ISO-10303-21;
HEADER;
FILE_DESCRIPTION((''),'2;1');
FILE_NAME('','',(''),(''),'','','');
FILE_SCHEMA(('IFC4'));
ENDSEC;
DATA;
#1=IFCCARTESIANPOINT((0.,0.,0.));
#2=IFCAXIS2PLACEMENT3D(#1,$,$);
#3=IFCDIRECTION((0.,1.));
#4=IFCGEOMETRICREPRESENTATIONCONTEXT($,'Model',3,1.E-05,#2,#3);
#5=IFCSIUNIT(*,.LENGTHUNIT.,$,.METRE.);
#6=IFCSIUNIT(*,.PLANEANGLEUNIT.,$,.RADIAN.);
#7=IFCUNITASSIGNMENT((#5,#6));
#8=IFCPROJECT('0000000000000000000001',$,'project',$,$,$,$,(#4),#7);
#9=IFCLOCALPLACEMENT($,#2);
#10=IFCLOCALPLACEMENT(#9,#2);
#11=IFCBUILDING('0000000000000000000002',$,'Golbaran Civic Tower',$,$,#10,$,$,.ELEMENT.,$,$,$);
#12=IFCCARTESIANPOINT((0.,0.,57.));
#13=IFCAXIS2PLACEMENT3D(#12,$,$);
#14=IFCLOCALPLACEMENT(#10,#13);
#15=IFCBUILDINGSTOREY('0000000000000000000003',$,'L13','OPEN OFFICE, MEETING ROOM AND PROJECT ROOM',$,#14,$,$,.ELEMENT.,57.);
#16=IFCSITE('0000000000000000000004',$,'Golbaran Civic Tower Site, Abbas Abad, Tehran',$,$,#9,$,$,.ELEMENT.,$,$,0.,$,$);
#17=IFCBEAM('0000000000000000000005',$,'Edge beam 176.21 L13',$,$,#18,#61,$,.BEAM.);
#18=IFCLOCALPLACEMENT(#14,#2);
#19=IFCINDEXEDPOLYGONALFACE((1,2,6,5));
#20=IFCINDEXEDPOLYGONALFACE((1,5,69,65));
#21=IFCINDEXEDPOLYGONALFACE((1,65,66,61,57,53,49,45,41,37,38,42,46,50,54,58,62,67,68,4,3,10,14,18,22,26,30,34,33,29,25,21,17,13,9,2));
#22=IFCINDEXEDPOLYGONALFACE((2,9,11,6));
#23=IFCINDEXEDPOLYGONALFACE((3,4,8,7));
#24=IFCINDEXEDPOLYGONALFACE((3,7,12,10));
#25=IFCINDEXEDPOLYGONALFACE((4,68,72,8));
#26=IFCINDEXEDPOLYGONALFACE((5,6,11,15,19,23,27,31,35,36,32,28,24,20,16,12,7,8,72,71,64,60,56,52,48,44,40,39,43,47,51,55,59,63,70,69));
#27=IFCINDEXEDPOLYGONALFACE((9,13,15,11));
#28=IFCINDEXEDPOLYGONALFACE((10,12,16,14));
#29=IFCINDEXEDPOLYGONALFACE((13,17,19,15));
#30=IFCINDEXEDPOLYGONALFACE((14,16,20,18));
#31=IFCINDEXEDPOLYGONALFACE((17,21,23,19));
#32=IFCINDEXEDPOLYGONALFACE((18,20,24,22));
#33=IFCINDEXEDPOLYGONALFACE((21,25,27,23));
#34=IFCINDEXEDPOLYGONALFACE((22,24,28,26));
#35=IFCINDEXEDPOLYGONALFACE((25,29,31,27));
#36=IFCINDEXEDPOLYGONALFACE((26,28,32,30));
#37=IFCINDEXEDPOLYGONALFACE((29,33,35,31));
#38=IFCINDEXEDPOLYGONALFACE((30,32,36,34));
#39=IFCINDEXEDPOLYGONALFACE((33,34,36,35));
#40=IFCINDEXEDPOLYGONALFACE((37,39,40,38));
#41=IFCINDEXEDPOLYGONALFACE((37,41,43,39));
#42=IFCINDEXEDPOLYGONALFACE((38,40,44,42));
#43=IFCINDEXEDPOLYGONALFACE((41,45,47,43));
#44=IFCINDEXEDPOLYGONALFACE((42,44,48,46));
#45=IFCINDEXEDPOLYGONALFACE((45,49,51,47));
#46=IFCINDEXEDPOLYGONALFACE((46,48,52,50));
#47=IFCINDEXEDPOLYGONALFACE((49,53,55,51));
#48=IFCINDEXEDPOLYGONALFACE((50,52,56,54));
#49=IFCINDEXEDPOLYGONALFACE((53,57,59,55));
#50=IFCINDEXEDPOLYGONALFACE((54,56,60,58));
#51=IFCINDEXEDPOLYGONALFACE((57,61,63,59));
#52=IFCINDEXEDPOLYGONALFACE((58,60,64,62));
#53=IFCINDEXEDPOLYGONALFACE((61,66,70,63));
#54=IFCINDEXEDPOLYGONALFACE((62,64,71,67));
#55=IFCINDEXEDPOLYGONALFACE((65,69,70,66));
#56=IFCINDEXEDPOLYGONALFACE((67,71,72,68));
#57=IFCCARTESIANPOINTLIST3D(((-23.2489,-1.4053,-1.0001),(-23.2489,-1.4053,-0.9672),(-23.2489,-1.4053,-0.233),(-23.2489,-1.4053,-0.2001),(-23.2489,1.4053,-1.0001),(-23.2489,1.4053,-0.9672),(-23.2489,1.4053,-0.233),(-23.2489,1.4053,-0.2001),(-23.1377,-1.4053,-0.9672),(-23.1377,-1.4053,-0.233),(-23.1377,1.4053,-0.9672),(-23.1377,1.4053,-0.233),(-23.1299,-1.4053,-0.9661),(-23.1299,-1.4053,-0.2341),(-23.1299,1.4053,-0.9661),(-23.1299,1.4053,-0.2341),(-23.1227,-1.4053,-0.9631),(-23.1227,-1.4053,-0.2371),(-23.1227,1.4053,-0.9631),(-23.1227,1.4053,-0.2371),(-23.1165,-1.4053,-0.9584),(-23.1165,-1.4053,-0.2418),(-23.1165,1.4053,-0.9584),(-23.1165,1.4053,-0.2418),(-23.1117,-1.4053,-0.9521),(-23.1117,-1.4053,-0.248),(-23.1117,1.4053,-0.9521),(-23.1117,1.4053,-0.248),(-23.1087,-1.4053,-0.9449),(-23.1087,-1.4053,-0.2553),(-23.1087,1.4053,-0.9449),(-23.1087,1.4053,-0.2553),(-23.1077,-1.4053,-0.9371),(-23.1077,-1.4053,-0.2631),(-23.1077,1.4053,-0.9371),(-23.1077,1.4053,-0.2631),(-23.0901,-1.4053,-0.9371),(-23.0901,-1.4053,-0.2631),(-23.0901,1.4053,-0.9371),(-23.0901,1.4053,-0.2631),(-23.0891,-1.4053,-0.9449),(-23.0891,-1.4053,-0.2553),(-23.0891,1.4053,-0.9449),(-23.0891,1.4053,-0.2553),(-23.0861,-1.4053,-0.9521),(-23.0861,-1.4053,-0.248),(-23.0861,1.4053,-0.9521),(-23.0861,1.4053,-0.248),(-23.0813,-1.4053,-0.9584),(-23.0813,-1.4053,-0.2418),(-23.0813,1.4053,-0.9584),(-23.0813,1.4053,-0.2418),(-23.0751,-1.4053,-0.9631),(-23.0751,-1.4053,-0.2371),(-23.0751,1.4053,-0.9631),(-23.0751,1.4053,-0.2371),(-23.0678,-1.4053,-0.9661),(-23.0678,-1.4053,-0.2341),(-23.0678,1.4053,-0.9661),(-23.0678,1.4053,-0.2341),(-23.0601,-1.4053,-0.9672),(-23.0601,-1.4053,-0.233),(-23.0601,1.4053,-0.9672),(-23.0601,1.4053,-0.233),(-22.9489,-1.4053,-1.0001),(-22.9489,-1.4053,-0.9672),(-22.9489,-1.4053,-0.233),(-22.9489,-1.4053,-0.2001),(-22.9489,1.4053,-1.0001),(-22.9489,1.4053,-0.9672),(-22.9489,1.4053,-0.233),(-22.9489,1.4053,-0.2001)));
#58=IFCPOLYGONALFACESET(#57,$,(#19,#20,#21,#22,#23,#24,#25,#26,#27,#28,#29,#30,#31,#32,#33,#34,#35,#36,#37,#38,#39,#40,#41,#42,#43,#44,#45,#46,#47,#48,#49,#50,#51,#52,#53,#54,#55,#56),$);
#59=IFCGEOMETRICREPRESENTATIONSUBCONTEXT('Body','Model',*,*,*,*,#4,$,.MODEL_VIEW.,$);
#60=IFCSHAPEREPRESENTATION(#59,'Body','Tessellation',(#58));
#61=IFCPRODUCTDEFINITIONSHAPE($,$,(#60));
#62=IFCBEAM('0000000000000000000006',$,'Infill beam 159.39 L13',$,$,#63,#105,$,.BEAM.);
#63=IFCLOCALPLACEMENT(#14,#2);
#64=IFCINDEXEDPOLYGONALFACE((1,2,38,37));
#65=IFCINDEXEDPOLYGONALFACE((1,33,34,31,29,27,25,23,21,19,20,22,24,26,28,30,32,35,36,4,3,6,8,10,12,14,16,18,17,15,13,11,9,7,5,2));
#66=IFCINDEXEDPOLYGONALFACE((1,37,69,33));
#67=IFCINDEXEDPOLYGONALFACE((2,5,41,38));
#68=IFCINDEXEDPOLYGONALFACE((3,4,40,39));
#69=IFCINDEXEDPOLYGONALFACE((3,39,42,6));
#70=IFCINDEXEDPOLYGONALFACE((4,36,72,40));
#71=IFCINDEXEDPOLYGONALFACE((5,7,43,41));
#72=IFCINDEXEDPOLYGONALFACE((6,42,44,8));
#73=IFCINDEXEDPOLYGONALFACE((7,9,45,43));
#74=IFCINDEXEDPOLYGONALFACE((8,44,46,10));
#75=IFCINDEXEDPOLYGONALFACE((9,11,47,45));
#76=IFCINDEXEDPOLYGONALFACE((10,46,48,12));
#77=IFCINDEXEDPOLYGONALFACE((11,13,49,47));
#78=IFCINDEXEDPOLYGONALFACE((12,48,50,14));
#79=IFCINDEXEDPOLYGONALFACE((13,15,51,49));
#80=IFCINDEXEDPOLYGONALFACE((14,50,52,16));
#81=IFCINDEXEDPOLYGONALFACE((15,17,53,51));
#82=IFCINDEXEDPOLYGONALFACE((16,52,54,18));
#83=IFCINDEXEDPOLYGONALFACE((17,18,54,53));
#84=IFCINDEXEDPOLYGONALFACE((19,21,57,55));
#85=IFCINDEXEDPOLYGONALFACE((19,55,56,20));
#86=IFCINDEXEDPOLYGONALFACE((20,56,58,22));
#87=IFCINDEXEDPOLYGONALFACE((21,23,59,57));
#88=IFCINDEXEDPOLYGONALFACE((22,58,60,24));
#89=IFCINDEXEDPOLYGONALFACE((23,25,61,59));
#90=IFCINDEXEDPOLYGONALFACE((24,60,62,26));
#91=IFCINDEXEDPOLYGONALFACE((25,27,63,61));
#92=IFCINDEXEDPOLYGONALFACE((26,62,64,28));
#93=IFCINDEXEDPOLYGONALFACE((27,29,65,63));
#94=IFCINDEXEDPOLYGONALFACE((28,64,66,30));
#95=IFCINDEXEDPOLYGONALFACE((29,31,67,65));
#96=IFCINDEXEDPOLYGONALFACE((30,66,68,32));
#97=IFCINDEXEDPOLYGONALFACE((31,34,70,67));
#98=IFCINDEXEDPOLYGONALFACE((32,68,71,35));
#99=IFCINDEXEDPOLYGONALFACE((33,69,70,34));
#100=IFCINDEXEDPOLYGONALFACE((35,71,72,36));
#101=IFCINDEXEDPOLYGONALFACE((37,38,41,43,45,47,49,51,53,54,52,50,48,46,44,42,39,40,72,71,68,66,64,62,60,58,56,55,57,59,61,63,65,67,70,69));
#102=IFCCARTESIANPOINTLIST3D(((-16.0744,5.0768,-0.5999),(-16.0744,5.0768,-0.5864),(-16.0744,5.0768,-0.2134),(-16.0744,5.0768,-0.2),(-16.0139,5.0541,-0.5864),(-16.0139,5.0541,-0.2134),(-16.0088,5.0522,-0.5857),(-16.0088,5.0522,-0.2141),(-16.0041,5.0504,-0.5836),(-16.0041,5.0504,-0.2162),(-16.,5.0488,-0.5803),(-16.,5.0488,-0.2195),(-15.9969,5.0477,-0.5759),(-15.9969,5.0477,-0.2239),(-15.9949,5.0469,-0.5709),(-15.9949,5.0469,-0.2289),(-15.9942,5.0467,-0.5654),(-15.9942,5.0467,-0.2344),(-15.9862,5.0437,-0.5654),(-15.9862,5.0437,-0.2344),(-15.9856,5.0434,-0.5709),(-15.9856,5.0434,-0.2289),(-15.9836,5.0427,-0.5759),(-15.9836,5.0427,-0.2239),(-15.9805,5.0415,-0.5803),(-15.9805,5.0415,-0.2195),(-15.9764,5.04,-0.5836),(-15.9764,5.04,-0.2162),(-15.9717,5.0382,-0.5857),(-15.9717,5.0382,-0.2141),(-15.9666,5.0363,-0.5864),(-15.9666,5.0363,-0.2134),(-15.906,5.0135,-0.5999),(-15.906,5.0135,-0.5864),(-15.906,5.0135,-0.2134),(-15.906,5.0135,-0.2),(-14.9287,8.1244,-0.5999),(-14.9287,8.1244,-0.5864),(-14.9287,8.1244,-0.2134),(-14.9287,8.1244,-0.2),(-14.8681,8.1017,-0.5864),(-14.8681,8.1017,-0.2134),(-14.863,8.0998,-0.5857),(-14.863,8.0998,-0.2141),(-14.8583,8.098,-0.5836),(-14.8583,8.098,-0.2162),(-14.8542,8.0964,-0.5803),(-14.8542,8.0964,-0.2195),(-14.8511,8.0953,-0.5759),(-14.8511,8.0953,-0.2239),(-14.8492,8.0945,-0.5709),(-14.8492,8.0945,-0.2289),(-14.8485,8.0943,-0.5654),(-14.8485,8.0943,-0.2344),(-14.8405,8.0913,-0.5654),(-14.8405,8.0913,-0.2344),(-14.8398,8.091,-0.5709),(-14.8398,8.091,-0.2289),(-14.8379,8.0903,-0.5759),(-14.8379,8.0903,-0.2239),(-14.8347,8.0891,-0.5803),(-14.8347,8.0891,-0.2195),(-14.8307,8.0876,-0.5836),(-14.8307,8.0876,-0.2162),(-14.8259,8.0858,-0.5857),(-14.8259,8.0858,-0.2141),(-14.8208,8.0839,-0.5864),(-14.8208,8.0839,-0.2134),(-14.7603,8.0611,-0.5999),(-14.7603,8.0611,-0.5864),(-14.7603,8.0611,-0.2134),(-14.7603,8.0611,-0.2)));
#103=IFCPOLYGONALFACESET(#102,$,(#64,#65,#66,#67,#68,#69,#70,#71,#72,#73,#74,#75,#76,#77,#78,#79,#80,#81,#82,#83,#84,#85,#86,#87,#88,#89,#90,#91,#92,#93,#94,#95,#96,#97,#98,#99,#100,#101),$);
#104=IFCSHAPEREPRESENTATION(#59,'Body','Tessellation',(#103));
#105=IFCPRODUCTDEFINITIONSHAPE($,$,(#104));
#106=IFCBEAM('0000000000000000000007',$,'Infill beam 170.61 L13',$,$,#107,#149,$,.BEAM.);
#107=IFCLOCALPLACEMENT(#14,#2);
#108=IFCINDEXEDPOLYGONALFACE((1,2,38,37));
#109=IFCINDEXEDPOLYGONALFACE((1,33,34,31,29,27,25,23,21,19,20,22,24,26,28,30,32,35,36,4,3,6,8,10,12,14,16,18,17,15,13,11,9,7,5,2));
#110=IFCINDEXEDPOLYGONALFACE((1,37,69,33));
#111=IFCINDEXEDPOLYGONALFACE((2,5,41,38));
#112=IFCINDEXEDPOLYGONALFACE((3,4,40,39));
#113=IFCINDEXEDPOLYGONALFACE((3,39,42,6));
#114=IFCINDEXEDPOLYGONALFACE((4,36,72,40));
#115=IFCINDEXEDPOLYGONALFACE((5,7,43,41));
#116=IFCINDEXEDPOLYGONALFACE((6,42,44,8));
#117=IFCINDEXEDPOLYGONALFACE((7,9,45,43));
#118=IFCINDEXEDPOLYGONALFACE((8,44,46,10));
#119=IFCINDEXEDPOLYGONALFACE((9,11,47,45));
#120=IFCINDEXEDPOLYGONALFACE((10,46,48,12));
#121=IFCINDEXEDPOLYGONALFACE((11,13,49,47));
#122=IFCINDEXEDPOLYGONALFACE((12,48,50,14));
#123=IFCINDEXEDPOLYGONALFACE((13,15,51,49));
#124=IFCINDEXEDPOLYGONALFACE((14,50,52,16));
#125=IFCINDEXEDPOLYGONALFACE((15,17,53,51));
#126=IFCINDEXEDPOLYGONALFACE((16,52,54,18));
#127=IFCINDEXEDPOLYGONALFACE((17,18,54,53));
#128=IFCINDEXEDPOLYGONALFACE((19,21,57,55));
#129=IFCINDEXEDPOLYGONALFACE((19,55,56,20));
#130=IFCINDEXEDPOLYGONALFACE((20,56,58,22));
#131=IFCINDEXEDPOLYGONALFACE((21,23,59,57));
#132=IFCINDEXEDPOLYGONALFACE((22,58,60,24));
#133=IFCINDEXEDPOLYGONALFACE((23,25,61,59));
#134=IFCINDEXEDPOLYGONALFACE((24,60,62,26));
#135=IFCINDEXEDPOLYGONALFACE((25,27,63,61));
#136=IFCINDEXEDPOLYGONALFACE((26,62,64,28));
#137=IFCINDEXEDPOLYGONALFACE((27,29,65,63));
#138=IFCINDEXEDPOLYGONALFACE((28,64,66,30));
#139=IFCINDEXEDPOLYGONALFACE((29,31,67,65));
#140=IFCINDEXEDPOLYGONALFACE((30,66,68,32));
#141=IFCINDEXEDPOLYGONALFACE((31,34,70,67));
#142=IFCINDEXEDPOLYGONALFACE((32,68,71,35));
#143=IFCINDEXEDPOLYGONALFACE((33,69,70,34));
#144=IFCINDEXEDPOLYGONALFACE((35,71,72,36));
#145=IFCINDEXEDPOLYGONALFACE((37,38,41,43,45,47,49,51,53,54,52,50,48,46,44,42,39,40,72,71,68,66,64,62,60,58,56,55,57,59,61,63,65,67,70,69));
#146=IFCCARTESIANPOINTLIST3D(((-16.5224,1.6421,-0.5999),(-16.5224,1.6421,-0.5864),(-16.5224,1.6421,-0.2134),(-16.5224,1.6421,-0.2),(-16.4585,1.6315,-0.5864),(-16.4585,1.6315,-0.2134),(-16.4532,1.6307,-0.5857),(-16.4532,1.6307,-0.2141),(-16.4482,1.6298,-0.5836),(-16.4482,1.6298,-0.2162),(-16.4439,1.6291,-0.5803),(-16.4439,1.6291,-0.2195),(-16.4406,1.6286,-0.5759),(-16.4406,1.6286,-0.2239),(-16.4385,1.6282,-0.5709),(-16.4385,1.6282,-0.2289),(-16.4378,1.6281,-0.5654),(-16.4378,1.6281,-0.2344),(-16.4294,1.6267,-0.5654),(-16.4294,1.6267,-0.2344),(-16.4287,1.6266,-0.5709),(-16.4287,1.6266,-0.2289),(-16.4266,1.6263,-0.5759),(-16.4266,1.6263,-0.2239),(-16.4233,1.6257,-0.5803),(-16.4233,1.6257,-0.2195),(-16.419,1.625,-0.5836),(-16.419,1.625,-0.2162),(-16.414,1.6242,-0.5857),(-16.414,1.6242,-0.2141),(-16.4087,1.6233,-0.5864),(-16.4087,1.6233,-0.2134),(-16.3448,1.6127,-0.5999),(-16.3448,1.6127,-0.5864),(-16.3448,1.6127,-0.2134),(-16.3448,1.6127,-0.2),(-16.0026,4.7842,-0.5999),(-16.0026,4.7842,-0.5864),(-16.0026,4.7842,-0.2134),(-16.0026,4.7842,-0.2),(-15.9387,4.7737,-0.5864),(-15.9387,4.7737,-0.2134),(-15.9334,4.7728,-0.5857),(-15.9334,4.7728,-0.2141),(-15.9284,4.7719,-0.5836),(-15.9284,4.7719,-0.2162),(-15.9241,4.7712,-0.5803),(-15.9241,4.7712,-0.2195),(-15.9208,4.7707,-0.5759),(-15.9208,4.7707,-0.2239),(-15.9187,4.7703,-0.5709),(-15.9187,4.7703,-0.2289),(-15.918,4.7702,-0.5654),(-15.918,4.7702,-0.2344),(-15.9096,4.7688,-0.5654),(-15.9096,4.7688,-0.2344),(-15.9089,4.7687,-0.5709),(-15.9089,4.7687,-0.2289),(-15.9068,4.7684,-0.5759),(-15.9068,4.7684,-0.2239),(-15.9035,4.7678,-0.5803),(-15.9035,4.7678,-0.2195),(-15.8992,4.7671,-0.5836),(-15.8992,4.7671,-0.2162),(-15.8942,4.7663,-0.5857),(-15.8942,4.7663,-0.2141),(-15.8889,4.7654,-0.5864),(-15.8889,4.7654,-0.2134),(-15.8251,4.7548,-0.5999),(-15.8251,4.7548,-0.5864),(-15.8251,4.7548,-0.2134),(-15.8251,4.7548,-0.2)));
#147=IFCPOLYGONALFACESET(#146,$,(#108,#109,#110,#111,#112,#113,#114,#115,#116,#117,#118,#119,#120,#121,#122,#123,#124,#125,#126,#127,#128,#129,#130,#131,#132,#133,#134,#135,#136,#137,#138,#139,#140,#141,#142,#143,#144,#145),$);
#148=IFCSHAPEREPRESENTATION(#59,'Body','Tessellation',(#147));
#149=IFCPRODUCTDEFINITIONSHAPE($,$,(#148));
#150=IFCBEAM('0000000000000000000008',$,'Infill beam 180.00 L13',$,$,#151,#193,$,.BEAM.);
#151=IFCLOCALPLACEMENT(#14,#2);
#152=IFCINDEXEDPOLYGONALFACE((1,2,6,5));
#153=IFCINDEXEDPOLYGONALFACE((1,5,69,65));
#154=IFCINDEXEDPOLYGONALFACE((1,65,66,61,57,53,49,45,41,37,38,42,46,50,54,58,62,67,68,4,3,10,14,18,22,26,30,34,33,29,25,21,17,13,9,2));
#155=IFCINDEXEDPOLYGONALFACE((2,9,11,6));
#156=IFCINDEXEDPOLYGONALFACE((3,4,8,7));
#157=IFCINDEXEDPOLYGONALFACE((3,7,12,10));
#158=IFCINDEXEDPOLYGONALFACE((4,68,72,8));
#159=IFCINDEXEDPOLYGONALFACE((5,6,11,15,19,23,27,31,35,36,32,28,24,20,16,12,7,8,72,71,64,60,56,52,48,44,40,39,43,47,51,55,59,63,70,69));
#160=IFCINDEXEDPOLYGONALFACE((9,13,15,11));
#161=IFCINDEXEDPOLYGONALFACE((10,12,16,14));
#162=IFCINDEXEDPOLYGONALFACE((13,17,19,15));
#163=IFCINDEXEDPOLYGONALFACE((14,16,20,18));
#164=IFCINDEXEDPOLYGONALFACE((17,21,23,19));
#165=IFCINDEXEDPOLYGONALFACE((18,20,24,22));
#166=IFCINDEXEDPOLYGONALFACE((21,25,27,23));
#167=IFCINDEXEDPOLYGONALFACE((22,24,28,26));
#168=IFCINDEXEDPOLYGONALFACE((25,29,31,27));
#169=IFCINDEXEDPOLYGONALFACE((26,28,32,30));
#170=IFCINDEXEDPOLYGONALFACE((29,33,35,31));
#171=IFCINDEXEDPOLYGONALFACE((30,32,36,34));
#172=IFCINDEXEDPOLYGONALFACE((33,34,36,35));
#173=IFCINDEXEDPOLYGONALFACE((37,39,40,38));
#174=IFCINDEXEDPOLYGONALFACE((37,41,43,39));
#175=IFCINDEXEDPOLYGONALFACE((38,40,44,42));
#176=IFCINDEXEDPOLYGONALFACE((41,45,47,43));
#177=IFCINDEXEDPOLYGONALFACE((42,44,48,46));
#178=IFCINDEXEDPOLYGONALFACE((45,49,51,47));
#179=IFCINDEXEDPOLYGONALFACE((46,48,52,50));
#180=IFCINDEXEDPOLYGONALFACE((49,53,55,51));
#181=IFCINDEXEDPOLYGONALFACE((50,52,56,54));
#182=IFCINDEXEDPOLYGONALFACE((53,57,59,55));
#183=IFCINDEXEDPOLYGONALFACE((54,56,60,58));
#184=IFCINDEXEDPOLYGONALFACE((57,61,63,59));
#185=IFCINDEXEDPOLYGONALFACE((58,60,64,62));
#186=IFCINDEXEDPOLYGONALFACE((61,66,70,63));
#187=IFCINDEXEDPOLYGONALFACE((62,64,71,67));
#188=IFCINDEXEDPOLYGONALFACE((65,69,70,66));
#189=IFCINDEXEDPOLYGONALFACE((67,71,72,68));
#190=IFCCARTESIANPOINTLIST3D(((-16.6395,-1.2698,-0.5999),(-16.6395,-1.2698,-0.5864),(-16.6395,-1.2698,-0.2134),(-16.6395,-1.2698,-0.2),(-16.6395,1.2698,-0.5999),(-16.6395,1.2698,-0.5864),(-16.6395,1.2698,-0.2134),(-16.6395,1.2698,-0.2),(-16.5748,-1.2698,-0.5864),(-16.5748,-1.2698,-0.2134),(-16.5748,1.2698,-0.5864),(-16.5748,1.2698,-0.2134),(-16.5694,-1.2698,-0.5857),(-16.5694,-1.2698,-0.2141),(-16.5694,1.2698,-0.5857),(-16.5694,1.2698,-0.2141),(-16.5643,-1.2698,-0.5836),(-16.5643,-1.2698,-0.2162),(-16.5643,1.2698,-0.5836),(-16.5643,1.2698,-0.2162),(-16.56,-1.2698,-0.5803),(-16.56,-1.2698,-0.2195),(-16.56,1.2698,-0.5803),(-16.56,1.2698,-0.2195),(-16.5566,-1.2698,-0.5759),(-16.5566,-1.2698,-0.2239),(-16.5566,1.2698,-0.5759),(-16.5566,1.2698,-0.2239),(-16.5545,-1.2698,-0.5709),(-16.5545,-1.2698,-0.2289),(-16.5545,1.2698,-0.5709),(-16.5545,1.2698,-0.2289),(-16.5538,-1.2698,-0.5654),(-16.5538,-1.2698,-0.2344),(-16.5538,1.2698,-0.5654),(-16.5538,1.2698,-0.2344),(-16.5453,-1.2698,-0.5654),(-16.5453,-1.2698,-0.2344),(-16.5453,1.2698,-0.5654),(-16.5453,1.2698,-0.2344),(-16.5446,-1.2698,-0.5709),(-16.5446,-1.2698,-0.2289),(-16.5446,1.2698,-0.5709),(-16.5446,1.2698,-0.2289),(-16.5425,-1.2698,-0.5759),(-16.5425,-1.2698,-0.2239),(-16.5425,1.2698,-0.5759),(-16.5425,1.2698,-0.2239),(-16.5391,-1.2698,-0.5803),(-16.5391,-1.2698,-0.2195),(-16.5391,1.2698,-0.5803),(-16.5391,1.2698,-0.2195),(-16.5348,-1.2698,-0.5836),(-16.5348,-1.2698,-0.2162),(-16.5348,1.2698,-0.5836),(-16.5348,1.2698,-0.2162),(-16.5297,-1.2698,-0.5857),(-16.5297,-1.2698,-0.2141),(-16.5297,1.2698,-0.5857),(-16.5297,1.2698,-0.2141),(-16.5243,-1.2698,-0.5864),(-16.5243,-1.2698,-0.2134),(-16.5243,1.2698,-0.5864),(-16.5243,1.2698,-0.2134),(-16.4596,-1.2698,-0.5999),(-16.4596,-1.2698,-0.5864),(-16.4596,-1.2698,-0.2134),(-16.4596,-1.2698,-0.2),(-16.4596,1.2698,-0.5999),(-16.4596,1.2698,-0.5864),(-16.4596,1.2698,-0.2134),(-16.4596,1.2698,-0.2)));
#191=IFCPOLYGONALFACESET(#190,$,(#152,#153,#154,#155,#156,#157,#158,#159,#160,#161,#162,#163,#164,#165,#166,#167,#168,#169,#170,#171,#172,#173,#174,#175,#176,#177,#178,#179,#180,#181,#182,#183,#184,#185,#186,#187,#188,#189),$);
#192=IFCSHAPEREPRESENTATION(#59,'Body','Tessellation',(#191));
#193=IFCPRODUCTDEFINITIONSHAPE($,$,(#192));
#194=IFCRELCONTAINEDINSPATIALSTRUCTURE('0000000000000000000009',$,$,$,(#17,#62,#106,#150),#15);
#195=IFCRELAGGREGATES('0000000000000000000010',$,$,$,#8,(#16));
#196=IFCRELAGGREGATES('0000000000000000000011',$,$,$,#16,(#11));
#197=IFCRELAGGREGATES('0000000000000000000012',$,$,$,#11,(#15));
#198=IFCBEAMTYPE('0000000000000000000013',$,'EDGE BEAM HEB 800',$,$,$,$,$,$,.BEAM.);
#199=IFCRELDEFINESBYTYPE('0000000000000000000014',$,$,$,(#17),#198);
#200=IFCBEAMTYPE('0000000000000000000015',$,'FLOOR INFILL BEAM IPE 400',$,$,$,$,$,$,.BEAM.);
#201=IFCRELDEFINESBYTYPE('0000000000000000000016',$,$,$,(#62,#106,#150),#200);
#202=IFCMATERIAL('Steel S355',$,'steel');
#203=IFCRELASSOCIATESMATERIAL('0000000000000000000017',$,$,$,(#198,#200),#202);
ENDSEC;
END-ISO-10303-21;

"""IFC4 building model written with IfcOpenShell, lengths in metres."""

from ifc_helpers import new_model, si_unit, direction, frame, origin, origin_2d, place, context, subcontext, project, spatial, i_section, extrude, material, material_profile, profile_set, type_object, element, save


model = new_model("IFC4")

# Units and contexts
model_context = context("Model", 3, precision=1e-05, world=origin(), true_north=direction((0.0, 1.0)))
body_context = subcontext(model_context, "Body", "Model", "MODEL_VIEW")
ifc_project = project(units=[si_unit("LENGTHUNIT", "METRE"), si_unit("PLANEANGLEUNIT", "RADIAN")], contexts=[model_context])

# Site, building, storey
site_placement = place(None, origin())
site = spatial("IfcSite", under=ifc_project, at=site_placement, Name="Golbaran Civic Tower Site, Abbas Abad, Tehran", CompositionType="ELEMENT", RefElevation=0.0)
building_placement = place(site_placement, origin())
building = spatial("IfcBuilding", under=site, at=building_placement, Name="Golbaran Civic Tower", CompositionType="ELEMENT")
storey_placement = place(building_placement, frame((0.0, 0.0, 57.0)))
storey = spatial("IfcBuildingStorey", under=building, at=storey_placement, Name="L13", Description="OPEN OFFICE, MEETING ROOM AND PROJECT ROOM", CompositionType="ELEMENT", Elevation=57.0)

# Beams
ifc_material_1 = material(Name="Steel S355", Category="steel")
ifc_material_profile_1 = material_profile(ifc_material_1, i_section(OverallWidth=0.3, OverallDepth=0.8, WebThickness=0.0176, FlangeThickness=0.033, FilletRadius=0.03, at=origin_2d()), Name="HEB 800")
ifc_profile_set_1 = profile_set([ifc_material_profile_1], Name="Steel S355")
beam_type_1 = type_object("IfcBeamType", Name="EDGE BEAM HEB 800", PredefinedType="BEAM", material=ifc_profile_set_1)
beam_1_placement = place(storey_placement, frame((-23.0989, 1.4053, -0.6001), z_axis=(0.0, -1.0, 0.0), x_axis=(1.0, 0.0, 0.0)))
element("IfcBeam", 1, at=beam_1_placement, inside=storey, type_object=beam_type_1, Name="Edge beam 176.21 L13", PredefinedType="BEAM", context=body_context, shape_type="SweptSolid", body=[
    extrude(i_section(OverallWidth=0.3, OverallDepth=0.8, WebThickness=0.0176, FlangeThickness=0.033, FilletRadius=0.03, at=origin_2d()), origin(), (0.0, 0.0, 1.0), 2.8105),
])
ifc_material_profile_2 = material_profile(ifc_material_1, i_section(OverallWidth=0.1799, OverallDepth=0.3999, WebThickness=0.0085, FlangeThickness=0.0134, FilletRadius=0.021, at=origin_2d()), Name="IPE 400")
ifc_profile_set_2 = profile_set([ifc_material_profile_2], Name="Steel S355")
beam_type_2 = type_object("IfcBeamType", Name="FLOOR INFILL BEAM IPE 400", PredefinedType="BEAM", material=ifc_profile_set_2)
beam_2_placement = place(storey_placement, frame((-14.8445, 8.0928, -0.3999), z_axis=(-0.351904, -0.936036, 0.0), x_axis=(0.936036, -0.351904, 0.0)))
element("IfcBeam", 2, at=beam_2_placement, inside=storey, type_object=beam_type_2, Name="Infill beam 159.39 L13", PredefinedType="BEAM", context=body_context, shape_type="SweptSolid", body=[
    extrude(i_section(OverallWidth=0.1799, OverallDepth=0.3999, WebThickness=0.0085, FlangeThickness=0.0134, FilletRadius=0.021, at=origin_2d()), origin(), (0.0, 0.0, 1.0), 3.2559),
])
beam_3_placement = place(storey_placement, frame((-15.9138, 4.7695, -0.3999), z_axis=(-0.163205, -0.986592, 0.0), x_axis=(0.986592, -0.163205, 0.0)))
element("IfcBeam", 3, at=beam_3_placement, inside=storey, type_object=beam_type_2, Name="Infill beam 170.61 L13", PredefinedType="BEAM", context=body_context, shape_type="SweptSolid", body=[
    extrude(i_section(OverallWidth=0.1799, OverallDepth=0.3999, WebThickness=0.0085, FlangeThickness=0.0134, FilletRadius=0.021, at=origin_2d()), origin(), (0.0, 0.0, 1.0), 3.1848),
])
beam_4_placement = place(storey_placement, frame((-16.5496, 1.2698, -0.3999), z_axis=(0.0, -1.0, 0.0), x_axis=(1.0, 0.0, 0.0)))
element("IfcBeam", 4, at=beam_4_placement, inside=storey, type_object=beam_type_2, Name="Infill beam 180.00 L13", PredefinedType="BEAM", context=body_context, shape_type="SweptSolid", body=[
    extrude(i_section(OverallWidth=0.1799, OverallDepth=0.3999, WebThickness=0.0085, FlangeThickness=0.0134, FilletRadius=0.021, at=origin_2d()), origin(), (0.0, 0.0, 1.0), 2.5396),
])

save(model, "model.ifc")
